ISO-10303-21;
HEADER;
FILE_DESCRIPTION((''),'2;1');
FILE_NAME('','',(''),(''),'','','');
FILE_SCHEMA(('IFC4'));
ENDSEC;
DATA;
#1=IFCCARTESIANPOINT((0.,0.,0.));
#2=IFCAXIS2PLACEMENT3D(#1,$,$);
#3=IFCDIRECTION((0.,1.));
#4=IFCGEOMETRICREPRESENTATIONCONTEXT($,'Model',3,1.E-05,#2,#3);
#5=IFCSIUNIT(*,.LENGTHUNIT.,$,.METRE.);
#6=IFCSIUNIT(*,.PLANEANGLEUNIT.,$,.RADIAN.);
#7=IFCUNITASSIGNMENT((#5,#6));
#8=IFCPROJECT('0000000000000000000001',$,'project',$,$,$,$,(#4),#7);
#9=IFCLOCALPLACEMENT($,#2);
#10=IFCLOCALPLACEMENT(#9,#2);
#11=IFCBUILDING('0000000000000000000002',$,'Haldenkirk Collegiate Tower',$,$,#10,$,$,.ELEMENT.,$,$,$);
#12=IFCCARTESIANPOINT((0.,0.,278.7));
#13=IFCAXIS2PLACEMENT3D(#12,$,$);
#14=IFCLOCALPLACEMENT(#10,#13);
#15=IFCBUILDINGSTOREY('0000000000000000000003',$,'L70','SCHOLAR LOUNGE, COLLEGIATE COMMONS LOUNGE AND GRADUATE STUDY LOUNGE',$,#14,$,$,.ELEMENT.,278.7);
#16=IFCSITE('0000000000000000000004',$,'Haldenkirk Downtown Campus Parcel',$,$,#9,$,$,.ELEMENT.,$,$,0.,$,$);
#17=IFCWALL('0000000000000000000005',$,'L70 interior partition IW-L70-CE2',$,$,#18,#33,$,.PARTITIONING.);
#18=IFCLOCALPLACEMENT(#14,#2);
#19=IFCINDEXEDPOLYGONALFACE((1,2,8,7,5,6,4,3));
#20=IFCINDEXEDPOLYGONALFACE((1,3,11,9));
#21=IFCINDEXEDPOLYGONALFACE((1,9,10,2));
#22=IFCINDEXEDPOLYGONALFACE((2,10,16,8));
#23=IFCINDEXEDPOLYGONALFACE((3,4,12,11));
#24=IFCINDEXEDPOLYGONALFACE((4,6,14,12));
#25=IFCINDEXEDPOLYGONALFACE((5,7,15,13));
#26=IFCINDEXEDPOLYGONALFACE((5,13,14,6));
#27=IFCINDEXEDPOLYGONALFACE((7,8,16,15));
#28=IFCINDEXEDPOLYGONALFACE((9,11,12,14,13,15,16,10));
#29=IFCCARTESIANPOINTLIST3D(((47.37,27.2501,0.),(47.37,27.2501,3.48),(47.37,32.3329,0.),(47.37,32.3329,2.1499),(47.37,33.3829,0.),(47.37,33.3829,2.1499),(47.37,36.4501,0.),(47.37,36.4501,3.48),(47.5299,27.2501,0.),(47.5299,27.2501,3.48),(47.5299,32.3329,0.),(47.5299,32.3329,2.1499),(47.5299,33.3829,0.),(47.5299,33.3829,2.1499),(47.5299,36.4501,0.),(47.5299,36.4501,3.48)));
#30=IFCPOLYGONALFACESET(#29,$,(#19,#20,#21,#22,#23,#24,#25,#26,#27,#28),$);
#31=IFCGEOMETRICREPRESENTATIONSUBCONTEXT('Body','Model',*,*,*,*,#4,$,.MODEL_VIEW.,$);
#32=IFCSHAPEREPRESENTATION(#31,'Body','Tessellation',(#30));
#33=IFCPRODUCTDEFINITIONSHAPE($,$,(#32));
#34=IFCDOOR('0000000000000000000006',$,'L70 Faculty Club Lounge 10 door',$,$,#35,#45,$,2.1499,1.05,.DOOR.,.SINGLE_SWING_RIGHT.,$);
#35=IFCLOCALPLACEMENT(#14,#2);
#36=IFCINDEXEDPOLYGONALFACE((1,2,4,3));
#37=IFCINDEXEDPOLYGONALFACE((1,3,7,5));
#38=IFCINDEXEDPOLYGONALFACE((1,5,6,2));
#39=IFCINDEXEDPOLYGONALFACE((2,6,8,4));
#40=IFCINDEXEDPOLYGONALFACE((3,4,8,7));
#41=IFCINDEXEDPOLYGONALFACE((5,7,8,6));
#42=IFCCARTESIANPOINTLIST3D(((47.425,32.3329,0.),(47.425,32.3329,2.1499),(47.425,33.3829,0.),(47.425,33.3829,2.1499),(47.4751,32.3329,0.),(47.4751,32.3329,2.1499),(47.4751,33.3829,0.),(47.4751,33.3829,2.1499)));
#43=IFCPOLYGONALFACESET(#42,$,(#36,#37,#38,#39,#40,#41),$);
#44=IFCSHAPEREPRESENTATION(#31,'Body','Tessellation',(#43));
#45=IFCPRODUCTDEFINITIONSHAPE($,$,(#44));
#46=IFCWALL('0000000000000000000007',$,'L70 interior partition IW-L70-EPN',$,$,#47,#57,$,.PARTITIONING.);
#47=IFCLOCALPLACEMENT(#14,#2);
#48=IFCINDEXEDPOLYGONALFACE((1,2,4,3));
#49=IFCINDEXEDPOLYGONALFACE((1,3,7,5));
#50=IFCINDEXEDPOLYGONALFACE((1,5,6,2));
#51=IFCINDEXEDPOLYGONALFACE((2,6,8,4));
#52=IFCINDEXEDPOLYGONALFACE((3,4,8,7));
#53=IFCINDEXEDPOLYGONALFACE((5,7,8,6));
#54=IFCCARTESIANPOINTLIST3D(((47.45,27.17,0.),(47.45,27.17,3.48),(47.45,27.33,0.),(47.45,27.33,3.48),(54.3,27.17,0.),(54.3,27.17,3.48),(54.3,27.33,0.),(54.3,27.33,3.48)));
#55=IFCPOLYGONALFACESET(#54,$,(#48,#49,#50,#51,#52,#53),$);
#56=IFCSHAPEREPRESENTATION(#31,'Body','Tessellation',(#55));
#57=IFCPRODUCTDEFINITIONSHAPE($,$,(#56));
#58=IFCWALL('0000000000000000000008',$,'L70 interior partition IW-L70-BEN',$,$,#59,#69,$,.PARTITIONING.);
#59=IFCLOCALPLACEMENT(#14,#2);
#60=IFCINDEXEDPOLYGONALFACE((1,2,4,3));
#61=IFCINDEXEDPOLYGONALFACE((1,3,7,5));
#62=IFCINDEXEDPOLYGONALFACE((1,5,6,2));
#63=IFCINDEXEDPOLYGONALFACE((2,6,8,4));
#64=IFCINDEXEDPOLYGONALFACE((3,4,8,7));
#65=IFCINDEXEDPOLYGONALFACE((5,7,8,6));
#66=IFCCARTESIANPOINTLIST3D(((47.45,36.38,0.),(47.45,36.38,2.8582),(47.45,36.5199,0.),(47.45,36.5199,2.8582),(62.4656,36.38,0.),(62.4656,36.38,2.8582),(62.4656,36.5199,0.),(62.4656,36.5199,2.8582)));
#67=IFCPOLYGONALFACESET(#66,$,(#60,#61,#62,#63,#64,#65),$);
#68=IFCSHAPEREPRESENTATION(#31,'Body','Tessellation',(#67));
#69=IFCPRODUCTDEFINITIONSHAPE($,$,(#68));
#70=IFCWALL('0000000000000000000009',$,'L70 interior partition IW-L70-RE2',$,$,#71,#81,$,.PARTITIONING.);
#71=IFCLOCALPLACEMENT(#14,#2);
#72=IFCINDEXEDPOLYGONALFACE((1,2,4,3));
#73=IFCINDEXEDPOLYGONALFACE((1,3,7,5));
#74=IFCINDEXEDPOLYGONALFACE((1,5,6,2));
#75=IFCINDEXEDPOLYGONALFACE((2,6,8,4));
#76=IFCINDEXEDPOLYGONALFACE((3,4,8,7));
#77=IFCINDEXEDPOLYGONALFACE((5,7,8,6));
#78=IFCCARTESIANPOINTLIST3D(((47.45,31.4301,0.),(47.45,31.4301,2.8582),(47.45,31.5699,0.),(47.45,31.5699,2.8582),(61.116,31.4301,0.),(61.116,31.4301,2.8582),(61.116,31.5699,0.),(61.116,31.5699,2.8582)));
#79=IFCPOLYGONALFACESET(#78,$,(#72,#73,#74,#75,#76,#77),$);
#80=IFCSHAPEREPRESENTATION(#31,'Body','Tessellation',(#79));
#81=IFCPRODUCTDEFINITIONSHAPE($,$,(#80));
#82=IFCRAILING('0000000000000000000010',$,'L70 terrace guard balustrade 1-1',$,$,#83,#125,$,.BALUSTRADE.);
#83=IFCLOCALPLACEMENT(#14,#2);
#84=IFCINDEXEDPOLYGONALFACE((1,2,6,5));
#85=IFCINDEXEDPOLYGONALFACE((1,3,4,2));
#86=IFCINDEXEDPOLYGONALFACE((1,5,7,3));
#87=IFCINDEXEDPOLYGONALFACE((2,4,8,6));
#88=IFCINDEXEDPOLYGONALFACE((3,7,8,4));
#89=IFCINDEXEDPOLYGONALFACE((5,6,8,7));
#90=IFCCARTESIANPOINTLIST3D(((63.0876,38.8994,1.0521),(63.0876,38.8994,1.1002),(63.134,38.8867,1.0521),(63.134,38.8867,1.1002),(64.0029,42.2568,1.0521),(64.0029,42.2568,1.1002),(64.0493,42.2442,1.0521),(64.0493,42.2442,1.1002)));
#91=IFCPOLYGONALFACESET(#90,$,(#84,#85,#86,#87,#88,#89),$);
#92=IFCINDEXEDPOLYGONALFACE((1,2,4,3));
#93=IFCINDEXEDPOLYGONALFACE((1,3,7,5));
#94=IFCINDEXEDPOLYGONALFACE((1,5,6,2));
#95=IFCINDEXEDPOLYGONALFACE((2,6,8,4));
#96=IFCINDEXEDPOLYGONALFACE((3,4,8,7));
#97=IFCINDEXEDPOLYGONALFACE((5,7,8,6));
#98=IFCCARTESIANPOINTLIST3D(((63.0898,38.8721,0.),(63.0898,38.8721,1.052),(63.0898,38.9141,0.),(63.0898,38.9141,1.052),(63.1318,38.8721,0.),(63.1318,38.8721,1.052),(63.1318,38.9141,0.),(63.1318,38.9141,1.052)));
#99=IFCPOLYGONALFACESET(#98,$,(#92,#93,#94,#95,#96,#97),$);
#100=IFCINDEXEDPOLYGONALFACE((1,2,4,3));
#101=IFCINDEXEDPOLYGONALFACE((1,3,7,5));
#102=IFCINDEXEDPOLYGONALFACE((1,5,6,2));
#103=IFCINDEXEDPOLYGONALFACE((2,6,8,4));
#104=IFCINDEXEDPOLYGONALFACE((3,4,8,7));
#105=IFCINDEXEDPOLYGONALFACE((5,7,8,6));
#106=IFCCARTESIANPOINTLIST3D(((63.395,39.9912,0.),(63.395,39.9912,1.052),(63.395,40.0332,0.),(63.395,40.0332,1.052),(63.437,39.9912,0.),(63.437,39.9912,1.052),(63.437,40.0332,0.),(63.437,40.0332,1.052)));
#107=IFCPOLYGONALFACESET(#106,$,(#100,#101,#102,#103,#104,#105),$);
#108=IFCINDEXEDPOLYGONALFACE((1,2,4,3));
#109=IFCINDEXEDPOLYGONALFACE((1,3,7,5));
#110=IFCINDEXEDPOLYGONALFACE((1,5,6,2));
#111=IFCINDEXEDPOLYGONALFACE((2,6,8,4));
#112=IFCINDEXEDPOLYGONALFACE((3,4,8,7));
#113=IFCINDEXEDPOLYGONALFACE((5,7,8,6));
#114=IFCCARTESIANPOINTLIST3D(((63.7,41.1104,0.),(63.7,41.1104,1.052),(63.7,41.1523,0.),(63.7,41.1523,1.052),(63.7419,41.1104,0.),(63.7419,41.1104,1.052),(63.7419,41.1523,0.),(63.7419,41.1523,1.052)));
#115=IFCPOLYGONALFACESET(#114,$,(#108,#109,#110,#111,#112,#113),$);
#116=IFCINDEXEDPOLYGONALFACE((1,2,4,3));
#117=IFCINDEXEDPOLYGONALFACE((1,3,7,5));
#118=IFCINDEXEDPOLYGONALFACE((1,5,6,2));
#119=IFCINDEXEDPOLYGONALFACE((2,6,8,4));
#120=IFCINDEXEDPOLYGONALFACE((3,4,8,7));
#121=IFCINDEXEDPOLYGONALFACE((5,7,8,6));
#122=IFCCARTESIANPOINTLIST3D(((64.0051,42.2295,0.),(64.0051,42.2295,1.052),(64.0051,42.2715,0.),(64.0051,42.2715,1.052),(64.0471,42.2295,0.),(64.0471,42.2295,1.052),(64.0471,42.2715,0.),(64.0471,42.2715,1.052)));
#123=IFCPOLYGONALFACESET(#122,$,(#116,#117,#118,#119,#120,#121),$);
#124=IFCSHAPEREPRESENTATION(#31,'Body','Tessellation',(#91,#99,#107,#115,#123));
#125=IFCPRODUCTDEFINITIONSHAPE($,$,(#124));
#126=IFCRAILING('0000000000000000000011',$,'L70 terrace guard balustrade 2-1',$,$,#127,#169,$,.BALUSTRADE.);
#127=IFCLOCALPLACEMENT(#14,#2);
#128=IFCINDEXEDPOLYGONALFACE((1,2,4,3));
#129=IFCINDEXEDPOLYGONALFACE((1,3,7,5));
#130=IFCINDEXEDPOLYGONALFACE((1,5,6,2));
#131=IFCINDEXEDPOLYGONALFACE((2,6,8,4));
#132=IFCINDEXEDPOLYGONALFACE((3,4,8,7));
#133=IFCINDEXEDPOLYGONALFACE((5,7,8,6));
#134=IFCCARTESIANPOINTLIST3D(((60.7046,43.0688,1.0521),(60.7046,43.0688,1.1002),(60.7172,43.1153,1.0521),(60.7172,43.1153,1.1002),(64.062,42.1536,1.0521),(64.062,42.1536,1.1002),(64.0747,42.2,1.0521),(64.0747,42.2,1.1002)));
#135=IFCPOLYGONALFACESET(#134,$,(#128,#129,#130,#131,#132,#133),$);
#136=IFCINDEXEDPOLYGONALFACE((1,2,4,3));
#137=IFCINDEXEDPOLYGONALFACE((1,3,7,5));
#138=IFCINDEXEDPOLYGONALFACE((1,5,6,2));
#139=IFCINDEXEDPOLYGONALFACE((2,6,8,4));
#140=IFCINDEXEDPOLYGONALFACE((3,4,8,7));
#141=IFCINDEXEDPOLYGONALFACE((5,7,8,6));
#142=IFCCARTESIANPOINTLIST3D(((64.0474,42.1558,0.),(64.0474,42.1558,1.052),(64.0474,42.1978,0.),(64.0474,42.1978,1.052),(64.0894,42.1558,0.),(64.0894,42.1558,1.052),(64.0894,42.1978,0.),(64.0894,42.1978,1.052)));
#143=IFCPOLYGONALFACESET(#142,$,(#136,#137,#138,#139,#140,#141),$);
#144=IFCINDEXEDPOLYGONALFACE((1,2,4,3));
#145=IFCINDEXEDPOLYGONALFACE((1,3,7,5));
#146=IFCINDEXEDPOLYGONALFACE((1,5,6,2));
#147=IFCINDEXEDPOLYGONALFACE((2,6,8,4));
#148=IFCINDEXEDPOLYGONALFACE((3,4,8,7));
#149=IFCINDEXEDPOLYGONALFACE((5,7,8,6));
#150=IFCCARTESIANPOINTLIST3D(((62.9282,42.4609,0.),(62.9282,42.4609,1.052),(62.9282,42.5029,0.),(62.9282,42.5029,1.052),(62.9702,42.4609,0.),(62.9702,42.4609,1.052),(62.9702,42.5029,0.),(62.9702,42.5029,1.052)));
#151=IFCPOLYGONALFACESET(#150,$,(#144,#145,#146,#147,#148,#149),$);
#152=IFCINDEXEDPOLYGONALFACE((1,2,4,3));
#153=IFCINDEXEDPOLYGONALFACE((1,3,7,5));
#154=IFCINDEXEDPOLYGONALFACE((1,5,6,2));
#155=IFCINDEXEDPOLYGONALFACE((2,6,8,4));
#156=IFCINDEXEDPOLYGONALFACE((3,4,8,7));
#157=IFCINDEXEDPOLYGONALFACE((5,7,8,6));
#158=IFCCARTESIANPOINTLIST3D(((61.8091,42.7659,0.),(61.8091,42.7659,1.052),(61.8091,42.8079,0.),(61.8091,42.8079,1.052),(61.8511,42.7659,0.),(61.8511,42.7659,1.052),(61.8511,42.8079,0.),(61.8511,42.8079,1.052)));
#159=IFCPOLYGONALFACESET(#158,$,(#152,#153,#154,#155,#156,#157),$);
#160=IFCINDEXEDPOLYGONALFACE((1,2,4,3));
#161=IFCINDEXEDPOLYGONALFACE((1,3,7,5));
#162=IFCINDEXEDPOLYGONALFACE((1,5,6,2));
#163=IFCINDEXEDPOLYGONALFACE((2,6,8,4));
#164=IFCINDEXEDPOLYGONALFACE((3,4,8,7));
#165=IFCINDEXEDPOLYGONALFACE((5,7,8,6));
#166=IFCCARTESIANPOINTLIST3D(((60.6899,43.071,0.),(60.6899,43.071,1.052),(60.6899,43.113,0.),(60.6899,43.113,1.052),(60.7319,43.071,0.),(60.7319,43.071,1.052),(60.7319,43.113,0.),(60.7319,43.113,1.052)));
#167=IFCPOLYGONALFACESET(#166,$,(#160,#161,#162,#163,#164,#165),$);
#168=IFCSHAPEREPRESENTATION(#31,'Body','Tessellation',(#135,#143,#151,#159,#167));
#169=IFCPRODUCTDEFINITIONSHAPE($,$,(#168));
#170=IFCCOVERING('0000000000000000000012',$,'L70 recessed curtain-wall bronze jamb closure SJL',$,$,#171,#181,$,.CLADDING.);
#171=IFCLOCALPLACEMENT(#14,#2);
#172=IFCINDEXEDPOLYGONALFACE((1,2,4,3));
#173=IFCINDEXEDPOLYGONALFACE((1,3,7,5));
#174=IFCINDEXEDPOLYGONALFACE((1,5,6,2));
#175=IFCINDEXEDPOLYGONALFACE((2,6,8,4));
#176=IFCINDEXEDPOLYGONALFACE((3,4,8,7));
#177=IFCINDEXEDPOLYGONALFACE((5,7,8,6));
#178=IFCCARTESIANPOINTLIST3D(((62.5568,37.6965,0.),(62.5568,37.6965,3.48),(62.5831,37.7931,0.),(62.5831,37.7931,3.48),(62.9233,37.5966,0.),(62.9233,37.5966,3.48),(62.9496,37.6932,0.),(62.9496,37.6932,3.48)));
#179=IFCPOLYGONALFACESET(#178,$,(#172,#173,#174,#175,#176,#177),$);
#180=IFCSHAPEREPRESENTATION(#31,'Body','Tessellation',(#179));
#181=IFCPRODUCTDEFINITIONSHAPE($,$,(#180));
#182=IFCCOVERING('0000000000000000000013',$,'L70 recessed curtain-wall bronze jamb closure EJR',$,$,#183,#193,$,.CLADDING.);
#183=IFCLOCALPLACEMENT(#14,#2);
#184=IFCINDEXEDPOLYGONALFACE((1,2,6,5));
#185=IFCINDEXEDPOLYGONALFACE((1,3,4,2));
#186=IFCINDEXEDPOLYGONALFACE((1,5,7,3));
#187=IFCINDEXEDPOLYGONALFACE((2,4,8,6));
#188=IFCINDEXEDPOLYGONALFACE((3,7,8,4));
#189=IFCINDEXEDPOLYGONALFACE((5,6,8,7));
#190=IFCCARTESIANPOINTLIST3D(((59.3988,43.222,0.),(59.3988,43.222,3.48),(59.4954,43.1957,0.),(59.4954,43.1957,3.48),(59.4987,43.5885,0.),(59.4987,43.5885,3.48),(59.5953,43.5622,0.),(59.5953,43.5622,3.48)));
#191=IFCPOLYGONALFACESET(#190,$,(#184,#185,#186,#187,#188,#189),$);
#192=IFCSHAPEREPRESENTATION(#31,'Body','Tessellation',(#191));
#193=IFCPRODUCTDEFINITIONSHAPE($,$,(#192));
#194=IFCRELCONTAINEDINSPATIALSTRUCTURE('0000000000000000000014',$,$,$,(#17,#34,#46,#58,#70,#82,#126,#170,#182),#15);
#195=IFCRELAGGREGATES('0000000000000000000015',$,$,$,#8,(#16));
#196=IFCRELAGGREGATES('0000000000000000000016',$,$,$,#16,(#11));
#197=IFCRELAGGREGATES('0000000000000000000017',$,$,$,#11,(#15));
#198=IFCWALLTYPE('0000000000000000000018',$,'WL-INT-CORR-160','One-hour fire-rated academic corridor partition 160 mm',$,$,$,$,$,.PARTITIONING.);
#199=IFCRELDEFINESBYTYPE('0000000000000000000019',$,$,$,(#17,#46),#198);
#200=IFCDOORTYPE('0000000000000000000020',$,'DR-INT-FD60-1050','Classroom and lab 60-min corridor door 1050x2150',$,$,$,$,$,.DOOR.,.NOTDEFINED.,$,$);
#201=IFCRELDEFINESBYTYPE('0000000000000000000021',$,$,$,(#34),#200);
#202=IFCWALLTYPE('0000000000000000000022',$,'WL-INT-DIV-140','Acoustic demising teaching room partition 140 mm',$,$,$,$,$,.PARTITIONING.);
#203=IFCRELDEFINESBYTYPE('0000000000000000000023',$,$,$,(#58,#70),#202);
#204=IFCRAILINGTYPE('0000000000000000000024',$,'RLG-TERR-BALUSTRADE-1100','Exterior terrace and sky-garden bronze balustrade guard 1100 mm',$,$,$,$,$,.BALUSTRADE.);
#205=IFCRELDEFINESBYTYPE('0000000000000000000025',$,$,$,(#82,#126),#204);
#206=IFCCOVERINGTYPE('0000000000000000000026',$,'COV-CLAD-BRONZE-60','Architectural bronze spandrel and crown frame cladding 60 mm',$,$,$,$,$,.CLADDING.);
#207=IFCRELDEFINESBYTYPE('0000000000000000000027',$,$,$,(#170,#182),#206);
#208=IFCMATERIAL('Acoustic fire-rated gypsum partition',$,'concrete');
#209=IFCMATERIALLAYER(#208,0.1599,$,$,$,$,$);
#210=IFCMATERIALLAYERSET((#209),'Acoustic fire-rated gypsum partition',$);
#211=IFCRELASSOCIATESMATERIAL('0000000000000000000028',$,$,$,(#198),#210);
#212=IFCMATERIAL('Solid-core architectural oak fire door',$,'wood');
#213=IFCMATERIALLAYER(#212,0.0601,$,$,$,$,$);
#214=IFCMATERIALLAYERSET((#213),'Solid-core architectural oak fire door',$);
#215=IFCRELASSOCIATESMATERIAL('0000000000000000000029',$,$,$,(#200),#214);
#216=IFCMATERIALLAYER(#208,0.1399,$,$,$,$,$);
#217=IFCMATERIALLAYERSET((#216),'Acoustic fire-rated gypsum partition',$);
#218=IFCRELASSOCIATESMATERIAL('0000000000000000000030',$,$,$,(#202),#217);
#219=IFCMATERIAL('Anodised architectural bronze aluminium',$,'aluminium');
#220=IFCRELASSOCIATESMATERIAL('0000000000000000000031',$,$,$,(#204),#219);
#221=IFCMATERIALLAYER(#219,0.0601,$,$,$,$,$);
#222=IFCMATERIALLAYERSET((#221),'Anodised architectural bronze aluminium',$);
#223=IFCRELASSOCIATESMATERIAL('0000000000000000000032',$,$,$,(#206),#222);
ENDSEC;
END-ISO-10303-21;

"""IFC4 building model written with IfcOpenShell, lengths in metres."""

from ifc_helpers import new_model, si_unit, direction, frame, frame_2d, origin, origin_2d, place, context, subcontext, project, spatial, rectangle, extrude, source, transform, mapped, material, layer, layer_set, type_object, element, fill, save


model = new_model("IFC4")

# Units and contexts
model_context = context("Model", 3, precision=1e-05, world=origin(), true_north=direction((0.0, 1.0)))
body_context = subcontext(model_context, "Body", "Model", "MODEL_VIEW")
ifc_project = project(units=[si_unit("LENGTHUNIT", "METRE"), si_unit("PLANEANGLEUNIT", "RADIAN")], contexts=[model_context])

# Site, building, storey
site_placement = place(None, origin())
site = spatial("IfcSite", under=ifc_project, at=site_placement, Name="Haldenkirk Downtown Campus Parcel", CompositionType="ELEMENT", RefElevation=0.0)
building_placement = place(site_placement, origin())
building = spatial("IfcBuilding", under=site, at=building_placement, Name="Haldenkirk Collegiate Tower", CompositionType="ELEMENT")
storey_placement = place(building_placement, frame((0.0, 0.0, 278.7)))
storey = spatial("IfcBuildingStorey", under=building, at=storey_placement, Name="L70", Description="SCHOLAR LOUNGE, COLLEGIATE COMMONS LOUNGE AND GRADUATE STUDY LOUNGE", CompositionType="ELEMENT", Elevation=278.7)

# Shared definitions
ifc_material_1 = material(Name="Anodised architectural bronze aluminium", Category="aluminium")

# Wall, opening, door
ifc_material_2 = material(Name="Acoustic fire-rated gypsum partition", Category="concrete")
ifc_layer_1 = layer(ifc_material_2, 0.1599)
ifc_layer_set_1 = layer_set([ifc_layer_1], Name="Acoustic fire-rated gypsum partition")
wall_type_1 = type_object("IfcWallType", Name="WL-INT-CORR-160", Description="One-hour fire-rated academic corridor partition 160 mm", PredefinedType="PARTITIONING", material=ifc_layer_set_1)
wall_1_placement = place(storey_placement, frame((47.45, 27.25, 0.0), z_axis=(0.0, 0.0, 1.0), x_axis=(0.0, 1.0, 0.0)))
wall_1 = element("IfcWall", 1, at=wall_1_placement, inside=storey, type_object=wall_type_1, Name="L70 interior partition IW-L70-CE2", PredefinedType="PARTITIONING", context=body_context, shape_type="SweptSolid", body=[
    extrude(rectangle(XDim=9.2, YDim=0.1599, at=frame_2d((4.6001, 0.0))), origin(), (0.0, 0.0, 1.0), 3.48),
])
opening_1_placement = place(wall_1_placement, frame((5.083, 0.0, 0.0)))
opening_1 = element("IfcOpeningElement", 2, at=opening_1_placement, cuts=wall_1, PredefinedType="OPENING", context=body_context, shape_type="SweptSolid", body=[
    extrude(rectangle(XDim=1.05, YDim=2.1499, at=frame_2d((0.5249, 1.075))), frame((0.0, 0.0898, 0.0), z_axis=(0.0, -1.0, 0.0), x_axis=(1.0, 0.0, 0.0)), (0.0, 0.0, 1.0), 0.1799),
])
ifc_material_3 = material(Name="Solid-core architectural oak fire door", Category="wood")
ifc_layer_2 = layer(ifc_material_3, 0.0601)
ifc_layer_set_2 = layer_set([ifc_layer_2], Name="Solid-core architectural oak fire door")
door_type_1 = type_object("IfcDoorType", Name="DR-INT-FD60-1050", Description="Classroom and lab 60-min corridor door 1050x2150", OperationType="NOTDEFINED", PredefinedType="DOOR", material=ifc_layer_set_2)
door_1_placement = place(opening_1_placement, origin())
door_1 = element("IfcDoor", 3, at=door_1_placement, inside=storey, type_object=door_type_1, Name="L70 Faculty Club Lounge 10 door", OperationType="SINGLE_SWING_RIGHT", OverallHeight=2.1499, OverallWidth=1.05, PredefinedType="DOOR", context=body_context, shape_type="SweptSolid", body=[
    extrude(rectangle(XDim=1.05, YDim=2.1499, at=frame_2d((0.5249, 1.075))), frame((0.0, 0.0249, 0.0), z_axis=(0.0, -1.0, 0.0), x_axis=(1.0, 0.0, 0.0)), (0.0, 0.0, 1.0), 0.05),
])
fill(opening_1, door_1)

# Walls
wall_2_placement = place(storey_placement, frame((47.45, 27.25, 0.0), z_axis=(0.0, 0.0, 1.0), x_axis=(1.0, 0.0, 0.0)))
element("IfcWall", 4, at=wall_2_placement, inside=storey, type_object=wall_type_1, Name="L70 interior partition IW-L70-EPN", PredefinedType="PARTITIONING", context=body_context, shape_type="SweptSolid", body=[
    extrude(rectangle(XDim=6.8501, YDim=0.1599, at=frame_2d((3.425, 0.0))), origin(), (0.0, 0.0, 1.0), 3.48),
])
ifc_layer_3 = layer(ifc_material_2, 0.1399)
ifc_layer_set_3 = layer_set([ifc_layer_3], Name="Acoustic fire-rated gypsum partition")
wall_type_2 = type_object("IfcWallType", Name="WL-INT-DIV-140", Description="Acoustic demising teaching room partition 140 mm", PredefinedType="PARTITIONING", material=ifc_layer_set_3)
wall_3_placement = place(storey_placement, frame((47.45, 36.45, 0.0), z_axis=(0.0, 0.0, 1.0), x_axis=(1.0, 0.0, 0.0)))
element("IfcWall", 5, at=wall_3_placement, inside=storey, type_object=wall_type_2, Name="L70 interior partition IW-L70-BEN", PredefinedType="PARTITIONING", context=body_context, shape_type="SweptSolid", body=[
    extrude(rectangle(XDim=15.0156, YDim=0.1399, at=frame_2d((7.5078, 0.0))), origin(), (0.0, 0.0, 1.0), 2.8582),
])
wall_4_placement = place(storey_placement, frame((47.45, 31.5, 0.0), z_axis=(0.0, 0.0, 1.0), x_axis=(1.0, 0.0, 0.0)))
element("IfcWall", 6, at=wall_4_placement, inside=storey, type_object=wall_type_2, Name="L70 interior partition IW-L70-RE2", PredefinedType="PARTITIONING", context=body_context, shape_type="SweptSolid", body=[
    extrude(rectangle(XDim=13.666, YDim=0.1399, at=frame_2d((6.833, 0.0))), origin(), (0.0, 0.0, 1.0), 2.8582),
])

# Railings
railing_type = type_object("IfcRailingType", Name="RLG-TERR-BALUSTRADE-1100", Description="Exterior terrace and sky-garden bronze balustrade guard 1100 mm", PredefinedType="BALUSTRADE", material=ifc_material_1)
railing_1_placement = place(storey_placement, frame((63.1108, 38.8931, 0.0)))
element("IfcRailing", 7, at=railing_1_placement, inside=storey, type_object=railing_type, Name="L70 terrace guard balustrade 1-1", PredefinedType="BALUSTRADE", context=body_context, shape_type="SweptSolid", body=[
    extrude(rectangle(XDim=0.0481, YDim=0.0481, at=origin_2d()), frame((0.0, 0.0, 1.0762), z_axis=(0.263016, 0.964791, 0.0), x_axis=(-0.964791, 0.263016, 0.0)), (0.0, 0.0, 1.0), 3.48),
    extrude(rectangle(XDim=0.042, YDim=0.042, at=origin_2d()), origin(), (0.0, 0.0, 1.0), 1.052),
    extrude(rectangle(XDim=0.042, YDim=0.042, at=origin_2d()), frame((0.3052, 1.1191, 0.0)), (0.0, 0.0, 1.0), 1.052),
    extrude(rectangle(XDim=0.042, YDim=0.042, at=origin_2d()), frame((0.6101, 2.2383, 0.0)), (0.0, 0.0, 1.0), 1.052),
    extrude(rectangle(XDim=0.042, YDim=0.042, at=origin_2d()), frame((0.9153, 3.3574, 0.0)), (0.0, 0.0, 1.0), 1.052),
])
railing_2_placement = place(storey_placement, frame((64.0684, 42.1768, 0.0)))
element("IfcRailing", 8, at=railing_2_placement, inside=storey, type_object=railing_type, Name="L70 terrace guard balustrade 2-1", PredefinedType="BALUSTRADE", context=body_context, shape_type="SweptSolid", body=[
    extrude(rectangle(XDim=0.0481, YDim=0.0481, at=origin_2d()), frame((0.0, 0.0, 1.0762), z_axis=(-0.964791, 0.263016, 0.0), x_axis=(-0.263016, -0.964791, 0.0)), (0.0, 0.0, 1.0), 3.48),
    extrude(rectangle(XDim=0.042, YDim=0.042, at=origin_2d()), origin(), (0.0, 0.0, 1.0), 1.052),
    extrude(rectangle(XDim=0.042, YDim=0.042, at=origin_2d()), frame((-1.1191, 0.3052, 0.0)), (0.0, 0.0, 1.0), 1.052),
    extrude(rectangle(XDim=0.042, YDim=0.042, at=origin_2d()), frame((-2.2383, 0.6101, 0.0)), (0.0, 0.0, 1.0), 1.052),
    extrude(rectangle(XDim=0.042, YDim=0.042, at=origin_2d()), frame((-3.3574, 0.9153, 0.0)), (0.0, 0.0, 1.0), 1.052),
])

# Coverings
ifc_layer_4 = layer(ifc_material_1, 0.0601)
ifc_layer_set_4 = layer_set([ifc_layer_4], Name="Anodised architectural bronze aluminium")
covering_type = type_object("IfcCoveringType", Name="COV-CLAD-BRONZE-60", Description="Architectural bronze spandrel and crown frame cladding 60 mm", PredefinedType="CLADDING", material=ifc_layer_set_4)
shared_shape_1 = source(origin(), body_context, "Body", "SweptSolid", [
    extrude(rectangle(XDim=0.1001, YDim=0.3799, at=origin_2d()), origin(), (0.0, 0.0, 1.0), 3.48),
])
for number, where, z_axis, x_axis, name in (
    (9, (62.7532, 37.6948, 0.0), (0.0, 0.0, 1.0), (-0.263031, -0.964787, 0.0), "L70 recessed curtain-wall bronze jamb closure SJL"),
    (10, (59.4971, 43.3921, 0.0), (0.0, 0.0, 1.0), (0.964787, -0.263031, 0.0), "L70 recessed curtain-wall bronze jamb closure EJR"),
):
    element("IfcCovering", number, at=place(storey_placement, frame(where, z_axis=z_axis, x_axis=x_axis)), inside=storey, type_object=covering_type, Name=name, PredefinedType="CLADDING", context=body_context, shape_type="MappedRepresentation", body=[
        mapped(shared_shape_1, transform((0.0, 0.0, 0.0), x_axis=(1.0, 0.0, 0.0), y_axis=(0.0, 1.0, 0.0), z_axis=(0.0, 0.0, 1.0), scale=1.0)),
    ])

save(model, "model.ifc")
